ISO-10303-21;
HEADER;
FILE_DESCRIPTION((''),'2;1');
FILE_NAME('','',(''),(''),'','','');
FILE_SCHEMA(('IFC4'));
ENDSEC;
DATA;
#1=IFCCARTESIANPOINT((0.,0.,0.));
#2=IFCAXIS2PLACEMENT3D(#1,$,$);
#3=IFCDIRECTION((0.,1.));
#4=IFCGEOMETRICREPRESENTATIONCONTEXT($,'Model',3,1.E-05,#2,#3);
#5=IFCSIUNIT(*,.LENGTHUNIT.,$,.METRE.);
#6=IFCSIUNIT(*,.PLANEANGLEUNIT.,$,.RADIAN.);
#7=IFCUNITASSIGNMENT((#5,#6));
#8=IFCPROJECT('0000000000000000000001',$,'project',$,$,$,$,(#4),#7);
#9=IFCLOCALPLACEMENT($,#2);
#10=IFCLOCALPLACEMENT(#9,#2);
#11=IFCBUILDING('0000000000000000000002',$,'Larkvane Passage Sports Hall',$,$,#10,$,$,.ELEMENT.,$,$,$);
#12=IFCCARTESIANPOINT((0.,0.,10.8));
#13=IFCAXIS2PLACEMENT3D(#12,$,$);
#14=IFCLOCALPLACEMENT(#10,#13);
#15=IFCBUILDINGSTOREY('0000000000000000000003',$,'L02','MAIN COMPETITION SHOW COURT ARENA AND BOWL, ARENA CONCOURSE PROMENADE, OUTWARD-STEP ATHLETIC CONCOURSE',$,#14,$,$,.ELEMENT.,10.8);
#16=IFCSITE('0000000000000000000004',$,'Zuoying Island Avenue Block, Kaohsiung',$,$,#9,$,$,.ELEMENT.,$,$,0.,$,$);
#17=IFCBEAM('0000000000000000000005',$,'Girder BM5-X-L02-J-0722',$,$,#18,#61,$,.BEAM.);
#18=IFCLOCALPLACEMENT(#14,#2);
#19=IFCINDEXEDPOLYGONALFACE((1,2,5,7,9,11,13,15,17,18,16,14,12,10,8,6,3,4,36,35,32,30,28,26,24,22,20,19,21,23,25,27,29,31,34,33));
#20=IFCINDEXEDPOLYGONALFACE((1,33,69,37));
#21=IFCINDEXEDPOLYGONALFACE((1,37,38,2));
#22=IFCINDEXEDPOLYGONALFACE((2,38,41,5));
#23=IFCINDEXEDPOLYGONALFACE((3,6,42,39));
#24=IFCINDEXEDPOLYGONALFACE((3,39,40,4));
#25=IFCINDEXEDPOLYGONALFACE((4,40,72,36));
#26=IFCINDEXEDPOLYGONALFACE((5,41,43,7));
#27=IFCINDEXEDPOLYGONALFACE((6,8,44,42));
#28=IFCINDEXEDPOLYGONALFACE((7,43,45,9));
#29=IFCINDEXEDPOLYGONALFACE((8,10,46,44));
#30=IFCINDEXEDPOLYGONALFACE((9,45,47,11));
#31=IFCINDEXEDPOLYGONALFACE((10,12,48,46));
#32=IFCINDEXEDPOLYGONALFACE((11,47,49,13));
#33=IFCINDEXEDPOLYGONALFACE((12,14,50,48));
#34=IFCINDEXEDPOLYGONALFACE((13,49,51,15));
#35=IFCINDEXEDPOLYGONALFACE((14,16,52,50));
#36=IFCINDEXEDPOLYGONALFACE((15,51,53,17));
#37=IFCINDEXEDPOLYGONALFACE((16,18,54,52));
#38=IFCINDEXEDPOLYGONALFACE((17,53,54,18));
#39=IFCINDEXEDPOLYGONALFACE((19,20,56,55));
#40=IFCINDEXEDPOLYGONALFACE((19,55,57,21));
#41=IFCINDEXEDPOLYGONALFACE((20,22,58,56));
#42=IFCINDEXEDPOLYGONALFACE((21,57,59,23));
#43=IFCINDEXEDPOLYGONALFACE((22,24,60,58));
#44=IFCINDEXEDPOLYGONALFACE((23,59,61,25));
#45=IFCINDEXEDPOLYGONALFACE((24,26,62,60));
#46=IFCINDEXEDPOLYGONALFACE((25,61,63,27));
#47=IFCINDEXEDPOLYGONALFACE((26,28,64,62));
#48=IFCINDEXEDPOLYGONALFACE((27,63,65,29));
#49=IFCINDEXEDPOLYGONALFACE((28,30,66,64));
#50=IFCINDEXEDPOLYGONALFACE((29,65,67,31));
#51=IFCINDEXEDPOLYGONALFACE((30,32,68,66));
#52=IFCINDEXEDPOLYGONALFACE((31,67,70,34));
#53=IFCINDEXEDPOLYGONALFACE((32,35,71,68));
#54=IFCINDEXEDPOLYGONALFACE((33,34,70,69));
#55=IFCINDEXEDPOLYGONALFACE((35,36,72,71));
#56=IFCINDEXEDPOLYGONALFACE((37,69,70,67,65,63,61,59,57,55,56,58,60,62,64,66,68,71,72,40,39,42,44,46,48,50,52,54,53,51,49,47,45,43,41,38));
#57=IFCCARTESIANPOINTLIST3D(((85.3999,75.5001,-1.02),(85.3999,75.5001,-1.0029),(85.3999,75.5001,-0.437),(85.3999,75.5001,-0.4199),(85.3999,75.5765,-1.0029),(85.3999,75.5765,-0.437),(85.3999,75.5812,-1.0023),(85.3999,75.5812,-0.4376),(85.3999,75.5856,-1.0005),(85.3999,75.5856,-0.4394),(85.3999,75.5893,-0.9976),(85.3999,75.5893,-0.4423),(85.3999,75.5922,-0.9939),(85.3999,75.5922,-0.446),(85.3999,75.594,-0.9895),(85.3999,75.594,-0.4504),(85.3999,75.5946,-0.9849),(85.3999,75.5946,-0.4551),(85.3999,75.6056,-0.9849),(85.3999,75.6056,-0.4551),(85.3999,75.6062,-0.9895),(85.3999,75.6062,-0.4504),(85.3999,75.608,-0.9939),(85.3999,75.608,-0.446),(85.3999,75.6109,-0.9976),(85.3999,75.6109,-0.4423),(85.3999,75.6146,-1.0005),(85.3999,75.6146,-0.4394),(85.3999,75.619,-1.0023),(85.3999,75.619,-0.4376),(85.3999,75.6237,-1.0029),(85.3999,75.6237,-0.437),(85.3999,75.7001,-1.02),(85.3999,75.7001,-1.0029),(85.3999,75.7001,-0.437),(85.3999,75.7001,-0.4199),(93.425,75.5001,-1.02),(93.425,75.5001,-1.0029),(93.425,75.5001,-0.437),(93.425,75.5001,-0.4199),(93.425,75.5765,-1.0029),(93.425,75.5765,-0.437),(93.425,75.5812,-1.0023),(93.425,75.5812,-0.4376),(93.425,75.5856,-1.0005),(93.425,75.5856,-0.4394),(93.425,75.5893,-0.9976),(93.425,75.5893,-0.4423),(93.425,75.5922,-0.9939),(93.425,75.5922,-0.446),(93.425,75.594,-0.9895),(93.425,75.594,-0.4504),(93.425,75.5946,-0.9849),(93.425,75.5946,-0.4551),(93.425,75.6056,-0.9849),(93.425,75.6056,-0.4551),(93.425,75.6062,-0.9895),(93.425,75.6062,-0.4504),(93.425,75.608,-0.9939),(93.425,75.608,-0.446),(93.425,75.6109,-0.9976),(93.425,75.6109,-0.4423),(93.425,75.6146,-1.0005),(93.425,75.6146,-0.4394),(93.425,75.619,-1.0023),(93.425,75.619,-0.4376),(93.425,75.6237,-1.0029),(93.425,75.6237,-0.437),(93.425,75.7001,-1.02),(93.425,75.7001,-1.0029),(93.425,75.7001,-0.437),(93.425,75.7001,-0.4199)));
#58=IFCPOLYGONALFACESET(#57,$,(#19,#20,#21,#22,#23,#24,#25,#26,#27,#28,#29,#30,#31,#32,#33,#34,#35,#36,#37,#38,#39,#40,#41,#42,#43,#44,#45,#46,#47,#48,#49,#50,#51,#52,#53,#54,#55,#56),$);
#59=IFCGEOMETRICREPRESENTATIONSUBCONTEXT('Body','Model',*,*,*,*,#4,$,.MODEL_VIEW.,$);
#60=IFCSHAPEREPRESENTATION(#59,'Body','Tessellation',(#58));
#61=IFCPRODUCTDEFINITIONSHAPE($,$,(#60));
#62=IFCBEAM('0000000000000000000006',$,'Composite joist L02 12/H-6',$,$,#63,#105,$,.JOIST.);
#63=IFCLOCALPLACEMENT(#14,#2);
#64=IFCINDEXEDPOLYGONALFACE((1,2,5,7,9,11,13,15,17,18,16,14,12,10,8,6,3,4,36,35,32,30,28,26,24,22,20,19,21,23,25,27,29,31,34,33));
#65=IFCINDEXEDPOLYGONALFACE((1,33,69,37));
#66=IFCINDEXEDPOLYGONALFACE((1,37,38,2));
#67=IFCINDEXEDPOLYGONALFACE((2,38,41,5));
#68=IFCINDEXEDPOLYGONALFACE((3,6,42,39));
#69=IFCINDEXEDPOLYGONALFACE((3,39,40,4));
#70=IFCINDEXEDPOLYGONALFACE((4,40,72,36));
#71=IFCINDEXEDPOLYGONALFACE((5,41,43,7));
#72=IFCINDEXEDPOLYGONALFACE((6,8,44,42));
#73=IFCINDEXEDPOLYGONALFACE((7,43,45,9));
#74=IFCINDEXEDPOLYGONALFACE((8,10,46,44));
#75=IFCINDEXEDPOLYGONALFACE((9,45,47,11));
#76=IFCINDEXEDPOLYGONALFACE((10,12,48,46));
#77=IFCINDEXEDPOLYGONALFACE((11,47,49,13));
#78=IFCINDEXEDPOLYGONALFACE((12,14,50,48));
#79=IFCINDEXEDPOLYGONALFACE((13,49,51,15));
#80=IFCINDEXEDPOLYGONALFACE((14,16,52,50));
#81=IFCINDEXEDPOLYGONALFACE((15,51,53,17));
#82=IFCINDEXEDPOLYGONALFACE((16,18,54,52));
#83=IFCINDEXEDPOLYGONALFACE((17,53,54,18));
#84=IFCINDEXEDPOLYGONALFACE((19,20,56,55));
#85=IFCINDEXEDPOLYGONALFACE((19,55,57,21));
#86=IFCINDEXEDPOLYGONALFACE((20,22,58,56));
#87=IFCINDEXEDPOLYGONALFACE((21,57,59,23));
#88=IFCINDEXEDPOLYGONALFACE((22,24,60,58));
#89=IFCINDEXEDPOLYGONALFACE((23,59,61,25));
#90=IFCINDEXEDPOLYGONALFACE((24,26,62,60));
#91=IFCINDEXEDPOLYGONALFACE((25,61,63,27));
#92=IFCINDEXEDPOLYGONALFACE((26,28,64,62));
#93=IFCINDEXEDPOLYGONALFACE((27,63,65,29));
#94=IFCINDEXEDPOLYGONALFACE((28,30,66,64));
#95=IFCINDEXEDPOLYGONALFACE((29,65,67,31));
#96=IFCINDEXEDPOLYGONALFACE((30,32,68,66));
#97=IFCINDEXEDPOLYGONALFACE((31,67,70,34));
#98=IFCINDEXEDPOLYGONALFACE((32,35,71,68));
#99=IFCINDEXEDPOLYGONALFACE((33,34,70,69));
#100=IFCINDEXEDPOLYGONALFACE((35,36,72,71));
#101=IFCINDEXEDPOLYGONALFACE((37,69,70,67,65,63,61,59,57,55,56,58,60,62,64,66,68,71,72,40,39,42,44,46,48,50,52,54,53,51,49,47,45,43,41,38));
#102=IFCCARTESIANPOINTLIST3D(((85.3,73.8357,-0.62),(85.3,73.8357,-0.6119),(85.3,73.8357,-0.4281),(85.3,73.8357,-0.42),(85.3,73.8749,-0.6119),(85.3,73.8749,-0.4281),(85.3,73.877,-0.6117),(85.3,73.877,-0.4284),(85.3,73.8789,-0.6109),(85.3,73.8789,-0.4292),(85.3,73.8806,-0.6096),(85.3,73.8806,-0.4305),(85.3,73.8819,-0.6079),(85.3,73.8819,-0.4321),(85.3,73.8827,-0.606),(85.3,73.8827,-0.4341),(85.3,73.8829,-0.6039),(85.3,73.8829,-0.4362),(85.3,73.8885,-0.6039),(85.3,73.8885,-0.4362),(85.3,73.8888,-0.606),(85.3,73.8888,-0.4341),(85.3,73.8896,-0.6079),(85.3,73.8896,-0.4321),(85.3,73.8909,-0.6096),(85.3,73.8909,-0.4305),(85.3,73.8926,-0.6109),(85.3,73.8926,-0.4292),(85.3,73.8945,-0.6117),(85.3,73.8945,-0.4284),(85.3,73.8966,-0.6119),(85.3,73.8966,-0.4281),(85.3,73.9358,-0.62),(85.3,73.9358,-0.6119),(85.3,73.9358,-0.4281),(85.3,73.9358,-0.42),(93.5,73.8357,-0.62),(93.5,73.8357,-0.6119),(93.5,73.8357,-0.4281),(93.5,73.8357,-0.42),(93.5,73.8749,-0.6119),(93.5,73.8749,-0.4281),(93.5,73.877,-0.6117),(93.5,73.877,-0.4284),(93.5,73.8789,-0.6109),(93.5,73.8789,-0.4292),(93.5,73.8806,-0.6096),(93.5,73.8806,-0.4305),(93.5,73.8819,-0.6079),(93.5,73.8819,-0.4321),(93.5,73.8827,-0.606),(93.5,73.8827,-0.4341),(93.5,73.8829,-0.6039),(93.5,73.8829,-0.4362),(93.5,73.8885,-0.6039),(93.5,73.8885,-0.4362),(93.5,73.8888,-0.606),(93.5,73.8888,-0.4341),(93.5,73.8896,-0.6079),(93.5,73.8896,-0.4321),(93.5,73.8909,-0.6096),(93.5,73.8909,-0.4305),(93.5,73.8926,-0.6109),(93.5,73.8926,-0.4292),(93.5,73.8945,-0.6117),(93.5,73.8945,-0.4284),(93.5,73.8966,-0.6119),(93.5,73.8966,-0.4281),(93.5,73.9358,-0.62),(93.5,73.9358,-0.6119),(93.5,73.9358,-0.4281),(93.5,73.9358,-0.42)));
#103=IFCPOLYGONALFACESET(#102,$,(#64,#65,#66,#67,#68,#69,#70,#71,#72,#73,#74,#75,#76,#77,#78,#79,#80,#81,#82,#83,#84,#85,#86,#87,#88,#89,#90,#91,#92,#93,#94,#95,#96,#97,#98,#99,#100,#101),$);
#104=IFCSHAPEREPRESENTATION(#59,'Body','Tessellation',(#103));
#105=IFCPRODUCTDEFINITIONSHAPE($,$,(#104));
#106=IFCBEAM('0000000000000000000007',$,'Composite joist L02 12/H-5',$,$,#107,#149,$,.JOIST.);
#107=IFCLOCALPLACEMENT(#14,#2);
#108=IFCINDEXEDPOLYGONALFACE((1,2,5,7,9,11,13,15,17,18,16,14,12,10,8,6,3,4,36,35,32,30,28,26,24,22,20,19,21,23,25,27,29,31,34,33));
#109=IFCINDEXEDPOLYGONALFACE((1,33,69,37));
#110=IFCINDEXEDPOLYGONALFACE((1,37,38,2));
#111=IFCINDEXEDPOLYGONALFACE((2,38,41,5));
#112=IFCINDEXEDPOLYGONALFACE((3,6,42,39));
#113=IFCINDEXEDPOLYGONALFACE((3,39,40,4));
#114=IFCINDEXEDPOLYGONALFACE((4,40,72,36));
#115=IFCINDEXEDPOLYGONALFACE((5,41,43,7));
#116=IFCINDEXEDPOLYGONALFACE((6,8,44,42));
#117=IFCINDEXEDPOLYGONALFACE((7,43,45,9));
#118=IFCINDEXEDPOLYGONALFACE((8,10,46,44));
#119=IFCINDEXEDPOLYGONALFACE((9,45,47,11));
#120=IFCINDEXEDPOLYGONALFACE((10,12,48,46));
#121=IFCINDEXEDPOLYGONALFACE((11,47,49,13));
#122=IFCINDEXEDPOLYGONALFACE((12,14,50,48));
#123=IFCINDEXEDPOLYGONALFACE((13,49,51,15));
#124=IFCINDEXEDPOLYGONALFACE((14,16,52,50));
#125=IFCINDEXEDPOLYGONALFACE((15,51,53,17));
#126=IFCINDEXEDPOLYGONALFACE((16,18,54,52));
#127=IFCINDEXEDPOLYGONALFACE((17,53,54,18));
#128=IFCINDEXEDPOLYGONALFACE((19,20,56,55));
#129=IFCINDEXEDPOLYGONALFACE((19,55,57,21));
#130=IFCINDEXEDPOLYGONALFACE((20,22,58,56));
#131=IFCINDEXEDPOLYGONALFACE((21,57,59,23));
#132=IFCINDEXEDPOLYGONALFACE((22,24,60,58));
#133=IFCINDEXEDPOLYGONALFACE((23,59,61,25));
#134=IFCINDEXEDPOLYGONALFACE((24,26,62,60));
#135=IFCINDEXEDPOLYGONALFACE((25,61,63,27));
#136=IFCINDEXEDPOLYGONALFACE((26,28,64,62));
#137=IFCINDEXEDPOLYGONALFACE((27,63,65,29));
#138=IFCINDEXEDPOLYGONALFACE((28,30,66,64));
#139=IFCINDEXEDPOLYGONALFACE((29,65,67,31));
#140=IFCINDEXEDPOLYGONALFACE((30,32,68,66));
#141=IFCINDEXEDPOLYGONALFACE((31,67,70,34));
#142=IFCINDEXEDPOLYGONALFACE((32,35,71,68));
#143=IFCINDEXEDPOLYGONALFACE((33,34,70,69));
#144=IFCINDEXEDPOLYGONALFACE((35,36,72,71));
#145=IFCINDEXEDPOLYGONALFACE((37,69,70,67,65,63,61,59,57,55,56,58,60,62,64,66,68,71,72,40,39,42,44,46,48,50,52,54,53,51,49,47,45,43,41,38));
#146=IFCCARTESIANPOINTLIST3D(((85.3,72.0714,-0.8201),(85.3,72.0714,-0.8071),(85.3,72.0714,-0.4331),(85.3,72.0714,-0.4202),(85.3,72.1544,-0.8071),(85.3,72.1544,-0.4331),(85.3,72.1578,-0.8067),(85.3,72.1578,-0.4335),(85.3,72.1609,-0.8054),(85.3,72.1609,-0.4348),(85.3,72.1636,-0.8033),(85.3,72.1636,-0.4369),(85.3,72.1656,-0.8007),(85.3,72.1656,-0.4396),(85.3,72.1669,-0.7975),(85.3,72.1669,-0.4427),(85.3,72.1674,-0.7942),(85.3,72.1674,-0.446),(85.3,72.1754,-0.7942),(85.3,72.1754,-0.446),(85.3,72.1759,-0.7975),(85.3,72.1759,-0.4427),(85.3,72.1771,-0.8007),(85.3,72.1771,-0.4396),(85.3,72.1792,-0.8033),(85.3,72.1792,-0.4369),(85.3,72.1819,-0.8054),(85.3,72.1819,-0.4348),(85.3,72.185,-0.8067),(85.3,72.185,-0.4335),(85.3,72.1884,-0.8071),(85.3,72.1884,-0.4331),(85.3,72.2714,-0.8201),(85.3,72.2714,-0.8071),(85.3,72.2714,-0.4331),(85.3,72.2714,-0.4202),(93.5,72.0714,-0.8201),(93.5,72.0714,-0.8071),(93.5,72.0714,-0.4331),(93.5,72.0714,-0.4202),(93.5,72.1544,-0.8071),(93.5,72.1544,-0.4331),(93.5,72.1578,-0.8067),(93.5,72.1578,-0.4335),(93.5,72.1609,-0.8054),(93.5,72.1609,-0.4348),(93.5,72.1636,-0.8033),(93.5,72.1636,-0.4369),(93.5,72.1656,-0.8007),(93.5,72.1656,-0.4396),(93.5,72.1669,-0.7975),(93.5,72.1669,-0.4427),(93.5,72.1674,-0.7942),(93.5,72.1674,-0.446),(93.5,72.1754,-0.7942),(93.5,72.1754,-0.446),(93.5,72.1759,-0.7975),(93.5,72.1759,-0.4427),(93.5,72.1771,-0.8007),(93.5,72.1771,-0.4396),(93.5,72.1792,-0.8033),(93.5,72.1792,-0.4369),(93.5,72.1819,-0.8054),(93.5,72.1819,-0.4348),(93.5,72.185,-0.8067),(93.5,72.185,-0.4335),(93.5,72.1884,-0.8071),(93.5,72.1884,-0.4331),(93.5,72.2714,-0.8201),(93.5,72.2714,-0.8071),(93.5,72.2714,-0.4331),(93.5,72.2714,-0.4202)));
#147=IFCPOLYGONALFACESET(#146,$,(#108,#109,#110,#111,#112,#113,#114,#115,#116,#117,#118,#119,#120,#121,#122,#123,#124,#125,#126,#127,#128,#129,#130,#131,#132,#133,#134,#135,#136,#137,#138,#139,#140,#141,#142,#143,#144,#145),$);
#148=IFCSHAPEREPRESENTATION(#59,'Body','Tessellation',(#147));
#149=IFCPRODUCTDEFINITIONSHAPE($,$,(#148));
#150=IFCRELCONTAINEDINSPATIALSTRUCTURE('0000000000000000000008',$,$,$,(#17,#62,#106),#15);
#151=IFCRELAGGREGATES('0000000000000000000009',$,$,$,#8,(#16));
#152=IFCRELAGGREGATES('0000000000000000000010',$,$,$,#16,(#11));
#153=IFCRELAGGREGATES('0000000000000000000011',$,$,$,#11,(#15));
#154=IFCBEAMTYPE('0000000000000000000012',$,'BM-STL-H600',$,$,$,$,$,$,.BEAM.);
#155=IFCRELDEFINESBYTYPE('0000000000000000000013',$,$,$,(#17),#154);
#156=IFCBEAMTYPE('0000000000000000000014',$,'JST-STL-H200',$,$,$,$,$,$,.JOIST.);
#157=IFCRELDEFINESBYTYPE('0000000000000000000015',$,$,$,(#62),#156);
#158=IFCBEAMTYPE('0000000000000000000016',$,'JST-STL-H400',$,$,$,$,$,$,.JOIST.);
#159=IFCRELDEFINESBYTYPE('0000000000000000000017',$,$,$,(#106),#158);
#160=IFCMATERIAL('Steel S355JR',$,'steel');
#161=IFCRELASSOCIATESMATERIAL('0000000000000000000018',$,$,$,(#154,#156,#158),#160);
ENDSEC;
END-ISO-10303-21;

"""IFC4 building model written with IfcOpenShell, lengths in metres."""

from ifc_helpers import new_model, si_unit, direction, frame, origin, origin_2d, place, context, subcontext, project, spatial, i_section, extrude, material, material_profile, profile_set, type_object, element, save


model = new_model("IFC4")

# Units and contexts
model_context = context("Model", 3, precision=1e-05, world=origin(), true_north=direction((0.0, 1.0)))
body_context = subcontext(model_context, "Body", "Model", "MODEL_VIEW")
ifc_project = project(units=[si_unit("LENGTHUNIT", "METRE"), si_unit("PLANEANGLEUNIT", "RADIAN")], contexts=[model_context])

# Site, building, storey
site_placement = place(None, origin())
site = spatial("IfcSite", under=ifc_project, at=site_placement, Name="Zuoying Island Avenue Block, Kaohsiung", CompositionType="ELEMENT", RefElevation=0.0)
building_placement = place(site_placement, origin())
building = spatial("IfcBuilding", under=site, at=building_placement, Name="Larkvane Passage Sports Hall", CompositionType="ELEMENT")
storey_placement = place(building_placement, frame((0.0, 0.0, 10.8)))
storey = spatial("IfcBuildingStorey", under=building, at=storey_placement, Name="L02", Description="MAIN COMPETITION SHOW COURT ARENA AND BOWL, ARENA CONCOURSE PROMENADE, OUTWARD-STEP ATHLETIC CONCOURSE", CompositionType="ELEMENT", Elevation=10.8)

# Shared definitions
ifc_material_1 = material(Name="Steel S355JR", Category="steel")

# Beams
ifc_material_profile_1 = material_profile(ifc_material_1, i_section(OverallWidth=0.2, OverallDepth=0.6001, WebThickness=0.011, FlangeThickness=0.0171, FilletRadius=0.0181, at=origin_2d()), Name="H-600x200x11x17")
ifc_profile_set_1 = profile_set([ifc_material_profile_1], Name="Steel S355JR")
beam_type_1 = type_object("IfcBeamType", Name="BM-STL-H600", PredefinedType="BEAM", material=ifc_profile_set_1)
beam_1_placement = place(storey_placement, frame((85.3999, 75.6001, -0.72), z_axis=(1.0, 0.0, 0.0), x_axis=(0.0, 1.0, 0.0)))
element("IfcBeam", 1, at=beam_1_placement, inside=storey, type_object=beam_type_1, Name="Girder BM5-X-L02-J-0722", PredefinedType="BEAM", context=body_context, shape_type="SweptSolid", body=[
    extrude(i_section(OverallWidth=0.2, OverallDepth=0.6001, WebThickness=0.011, FlangeThickness=0.0171, FilletRadius=0.0181, at=origin_2d()), origin(), (0.0, 0.0, 1.0), 8.0251),
])
ifc_material_profile_2 = material_profile(ifc_material_1, i_section(OverallWidth=0.1001, OverallDepth=0.2, WebThickness=0.0056, FlangeThickness=0.0081, FilletRadius=0.0081, at=origin_2d()), Name="H-200x100x5.5x8")
ifc_profile_set_2 = profile_set([ifc_material_profile_2], Name="Steel S355JR")
beam_type_2 = type_object("IfcBeamType", Name="JST-STL-H200", PredefinedType="JOIST", material=ifc_profile_set_2)
beam_2_placement = place(storey_placement, frame((85.3, 73.8857, -0.52), z_axis=(1.0, 0.0, 0.0), x_axis=(0.0, 1.0, 0.0)))
element("IfcBeam", 2, at=beam_2_placement, inside=storey, type_object=beam_type_2, Name="Composite joist L02 12/H-6", PredefinedType="JOIST", context=body_context, shape_type="SweptSolid", body=[
    extrude(i_section(OverallWidth=0.1001, OverallDepth=0.2, WebThickness=0.0056, FlangeThickness=0.0081, FilletRadius=0.0081, at=origin_2d()), origin(), (0.0, 0.0, 1.0), 8.2),
])
ifc_material_profile_3 = material_profile(ifc_material_1, i_section(OverallWidth=0.2, OverallDepth=0.3999, WebThickness=0.0081, FlangeThickness=0.0129, FilletRadius=0.0129, at=origin_2d()), Name="H-400x200x8x13")
ifc_profile_set_3 = profile_set([ifc_material_profile_3], Name="Steel S355JR")
beam_type_3 = type_object("IfcBeamType", Name="JST-STL-H400", PredefinedType="JOIST", material=ifc_profile_set_3)
beam_3_placement = place(storey_placement, frame((85.3, 72.1714, -0.6201), z_axis=(1.0, 0.0, 0.0), x_axis=(0.0, 1.0, 0.0)))
element("IfcBeam", 3, at=beam_3_placement, inside=storey, type_object=beam_type_3, Name="Composite joist L02 12/H-5", PredefinedType="JOIST", context=body_context, shape_type="SweptSolid", body=[
    extrude(i_section(OverallWidth=0.2, OverallDepth=0.3999, WebThickness=0.0081, FlangeThickness=0.0129, FilletRadius=0.0129, at=origin_2d()), origin(), (0.0, 0.0, 1.0), 8.2),
])

save(model, "model.ifc")
